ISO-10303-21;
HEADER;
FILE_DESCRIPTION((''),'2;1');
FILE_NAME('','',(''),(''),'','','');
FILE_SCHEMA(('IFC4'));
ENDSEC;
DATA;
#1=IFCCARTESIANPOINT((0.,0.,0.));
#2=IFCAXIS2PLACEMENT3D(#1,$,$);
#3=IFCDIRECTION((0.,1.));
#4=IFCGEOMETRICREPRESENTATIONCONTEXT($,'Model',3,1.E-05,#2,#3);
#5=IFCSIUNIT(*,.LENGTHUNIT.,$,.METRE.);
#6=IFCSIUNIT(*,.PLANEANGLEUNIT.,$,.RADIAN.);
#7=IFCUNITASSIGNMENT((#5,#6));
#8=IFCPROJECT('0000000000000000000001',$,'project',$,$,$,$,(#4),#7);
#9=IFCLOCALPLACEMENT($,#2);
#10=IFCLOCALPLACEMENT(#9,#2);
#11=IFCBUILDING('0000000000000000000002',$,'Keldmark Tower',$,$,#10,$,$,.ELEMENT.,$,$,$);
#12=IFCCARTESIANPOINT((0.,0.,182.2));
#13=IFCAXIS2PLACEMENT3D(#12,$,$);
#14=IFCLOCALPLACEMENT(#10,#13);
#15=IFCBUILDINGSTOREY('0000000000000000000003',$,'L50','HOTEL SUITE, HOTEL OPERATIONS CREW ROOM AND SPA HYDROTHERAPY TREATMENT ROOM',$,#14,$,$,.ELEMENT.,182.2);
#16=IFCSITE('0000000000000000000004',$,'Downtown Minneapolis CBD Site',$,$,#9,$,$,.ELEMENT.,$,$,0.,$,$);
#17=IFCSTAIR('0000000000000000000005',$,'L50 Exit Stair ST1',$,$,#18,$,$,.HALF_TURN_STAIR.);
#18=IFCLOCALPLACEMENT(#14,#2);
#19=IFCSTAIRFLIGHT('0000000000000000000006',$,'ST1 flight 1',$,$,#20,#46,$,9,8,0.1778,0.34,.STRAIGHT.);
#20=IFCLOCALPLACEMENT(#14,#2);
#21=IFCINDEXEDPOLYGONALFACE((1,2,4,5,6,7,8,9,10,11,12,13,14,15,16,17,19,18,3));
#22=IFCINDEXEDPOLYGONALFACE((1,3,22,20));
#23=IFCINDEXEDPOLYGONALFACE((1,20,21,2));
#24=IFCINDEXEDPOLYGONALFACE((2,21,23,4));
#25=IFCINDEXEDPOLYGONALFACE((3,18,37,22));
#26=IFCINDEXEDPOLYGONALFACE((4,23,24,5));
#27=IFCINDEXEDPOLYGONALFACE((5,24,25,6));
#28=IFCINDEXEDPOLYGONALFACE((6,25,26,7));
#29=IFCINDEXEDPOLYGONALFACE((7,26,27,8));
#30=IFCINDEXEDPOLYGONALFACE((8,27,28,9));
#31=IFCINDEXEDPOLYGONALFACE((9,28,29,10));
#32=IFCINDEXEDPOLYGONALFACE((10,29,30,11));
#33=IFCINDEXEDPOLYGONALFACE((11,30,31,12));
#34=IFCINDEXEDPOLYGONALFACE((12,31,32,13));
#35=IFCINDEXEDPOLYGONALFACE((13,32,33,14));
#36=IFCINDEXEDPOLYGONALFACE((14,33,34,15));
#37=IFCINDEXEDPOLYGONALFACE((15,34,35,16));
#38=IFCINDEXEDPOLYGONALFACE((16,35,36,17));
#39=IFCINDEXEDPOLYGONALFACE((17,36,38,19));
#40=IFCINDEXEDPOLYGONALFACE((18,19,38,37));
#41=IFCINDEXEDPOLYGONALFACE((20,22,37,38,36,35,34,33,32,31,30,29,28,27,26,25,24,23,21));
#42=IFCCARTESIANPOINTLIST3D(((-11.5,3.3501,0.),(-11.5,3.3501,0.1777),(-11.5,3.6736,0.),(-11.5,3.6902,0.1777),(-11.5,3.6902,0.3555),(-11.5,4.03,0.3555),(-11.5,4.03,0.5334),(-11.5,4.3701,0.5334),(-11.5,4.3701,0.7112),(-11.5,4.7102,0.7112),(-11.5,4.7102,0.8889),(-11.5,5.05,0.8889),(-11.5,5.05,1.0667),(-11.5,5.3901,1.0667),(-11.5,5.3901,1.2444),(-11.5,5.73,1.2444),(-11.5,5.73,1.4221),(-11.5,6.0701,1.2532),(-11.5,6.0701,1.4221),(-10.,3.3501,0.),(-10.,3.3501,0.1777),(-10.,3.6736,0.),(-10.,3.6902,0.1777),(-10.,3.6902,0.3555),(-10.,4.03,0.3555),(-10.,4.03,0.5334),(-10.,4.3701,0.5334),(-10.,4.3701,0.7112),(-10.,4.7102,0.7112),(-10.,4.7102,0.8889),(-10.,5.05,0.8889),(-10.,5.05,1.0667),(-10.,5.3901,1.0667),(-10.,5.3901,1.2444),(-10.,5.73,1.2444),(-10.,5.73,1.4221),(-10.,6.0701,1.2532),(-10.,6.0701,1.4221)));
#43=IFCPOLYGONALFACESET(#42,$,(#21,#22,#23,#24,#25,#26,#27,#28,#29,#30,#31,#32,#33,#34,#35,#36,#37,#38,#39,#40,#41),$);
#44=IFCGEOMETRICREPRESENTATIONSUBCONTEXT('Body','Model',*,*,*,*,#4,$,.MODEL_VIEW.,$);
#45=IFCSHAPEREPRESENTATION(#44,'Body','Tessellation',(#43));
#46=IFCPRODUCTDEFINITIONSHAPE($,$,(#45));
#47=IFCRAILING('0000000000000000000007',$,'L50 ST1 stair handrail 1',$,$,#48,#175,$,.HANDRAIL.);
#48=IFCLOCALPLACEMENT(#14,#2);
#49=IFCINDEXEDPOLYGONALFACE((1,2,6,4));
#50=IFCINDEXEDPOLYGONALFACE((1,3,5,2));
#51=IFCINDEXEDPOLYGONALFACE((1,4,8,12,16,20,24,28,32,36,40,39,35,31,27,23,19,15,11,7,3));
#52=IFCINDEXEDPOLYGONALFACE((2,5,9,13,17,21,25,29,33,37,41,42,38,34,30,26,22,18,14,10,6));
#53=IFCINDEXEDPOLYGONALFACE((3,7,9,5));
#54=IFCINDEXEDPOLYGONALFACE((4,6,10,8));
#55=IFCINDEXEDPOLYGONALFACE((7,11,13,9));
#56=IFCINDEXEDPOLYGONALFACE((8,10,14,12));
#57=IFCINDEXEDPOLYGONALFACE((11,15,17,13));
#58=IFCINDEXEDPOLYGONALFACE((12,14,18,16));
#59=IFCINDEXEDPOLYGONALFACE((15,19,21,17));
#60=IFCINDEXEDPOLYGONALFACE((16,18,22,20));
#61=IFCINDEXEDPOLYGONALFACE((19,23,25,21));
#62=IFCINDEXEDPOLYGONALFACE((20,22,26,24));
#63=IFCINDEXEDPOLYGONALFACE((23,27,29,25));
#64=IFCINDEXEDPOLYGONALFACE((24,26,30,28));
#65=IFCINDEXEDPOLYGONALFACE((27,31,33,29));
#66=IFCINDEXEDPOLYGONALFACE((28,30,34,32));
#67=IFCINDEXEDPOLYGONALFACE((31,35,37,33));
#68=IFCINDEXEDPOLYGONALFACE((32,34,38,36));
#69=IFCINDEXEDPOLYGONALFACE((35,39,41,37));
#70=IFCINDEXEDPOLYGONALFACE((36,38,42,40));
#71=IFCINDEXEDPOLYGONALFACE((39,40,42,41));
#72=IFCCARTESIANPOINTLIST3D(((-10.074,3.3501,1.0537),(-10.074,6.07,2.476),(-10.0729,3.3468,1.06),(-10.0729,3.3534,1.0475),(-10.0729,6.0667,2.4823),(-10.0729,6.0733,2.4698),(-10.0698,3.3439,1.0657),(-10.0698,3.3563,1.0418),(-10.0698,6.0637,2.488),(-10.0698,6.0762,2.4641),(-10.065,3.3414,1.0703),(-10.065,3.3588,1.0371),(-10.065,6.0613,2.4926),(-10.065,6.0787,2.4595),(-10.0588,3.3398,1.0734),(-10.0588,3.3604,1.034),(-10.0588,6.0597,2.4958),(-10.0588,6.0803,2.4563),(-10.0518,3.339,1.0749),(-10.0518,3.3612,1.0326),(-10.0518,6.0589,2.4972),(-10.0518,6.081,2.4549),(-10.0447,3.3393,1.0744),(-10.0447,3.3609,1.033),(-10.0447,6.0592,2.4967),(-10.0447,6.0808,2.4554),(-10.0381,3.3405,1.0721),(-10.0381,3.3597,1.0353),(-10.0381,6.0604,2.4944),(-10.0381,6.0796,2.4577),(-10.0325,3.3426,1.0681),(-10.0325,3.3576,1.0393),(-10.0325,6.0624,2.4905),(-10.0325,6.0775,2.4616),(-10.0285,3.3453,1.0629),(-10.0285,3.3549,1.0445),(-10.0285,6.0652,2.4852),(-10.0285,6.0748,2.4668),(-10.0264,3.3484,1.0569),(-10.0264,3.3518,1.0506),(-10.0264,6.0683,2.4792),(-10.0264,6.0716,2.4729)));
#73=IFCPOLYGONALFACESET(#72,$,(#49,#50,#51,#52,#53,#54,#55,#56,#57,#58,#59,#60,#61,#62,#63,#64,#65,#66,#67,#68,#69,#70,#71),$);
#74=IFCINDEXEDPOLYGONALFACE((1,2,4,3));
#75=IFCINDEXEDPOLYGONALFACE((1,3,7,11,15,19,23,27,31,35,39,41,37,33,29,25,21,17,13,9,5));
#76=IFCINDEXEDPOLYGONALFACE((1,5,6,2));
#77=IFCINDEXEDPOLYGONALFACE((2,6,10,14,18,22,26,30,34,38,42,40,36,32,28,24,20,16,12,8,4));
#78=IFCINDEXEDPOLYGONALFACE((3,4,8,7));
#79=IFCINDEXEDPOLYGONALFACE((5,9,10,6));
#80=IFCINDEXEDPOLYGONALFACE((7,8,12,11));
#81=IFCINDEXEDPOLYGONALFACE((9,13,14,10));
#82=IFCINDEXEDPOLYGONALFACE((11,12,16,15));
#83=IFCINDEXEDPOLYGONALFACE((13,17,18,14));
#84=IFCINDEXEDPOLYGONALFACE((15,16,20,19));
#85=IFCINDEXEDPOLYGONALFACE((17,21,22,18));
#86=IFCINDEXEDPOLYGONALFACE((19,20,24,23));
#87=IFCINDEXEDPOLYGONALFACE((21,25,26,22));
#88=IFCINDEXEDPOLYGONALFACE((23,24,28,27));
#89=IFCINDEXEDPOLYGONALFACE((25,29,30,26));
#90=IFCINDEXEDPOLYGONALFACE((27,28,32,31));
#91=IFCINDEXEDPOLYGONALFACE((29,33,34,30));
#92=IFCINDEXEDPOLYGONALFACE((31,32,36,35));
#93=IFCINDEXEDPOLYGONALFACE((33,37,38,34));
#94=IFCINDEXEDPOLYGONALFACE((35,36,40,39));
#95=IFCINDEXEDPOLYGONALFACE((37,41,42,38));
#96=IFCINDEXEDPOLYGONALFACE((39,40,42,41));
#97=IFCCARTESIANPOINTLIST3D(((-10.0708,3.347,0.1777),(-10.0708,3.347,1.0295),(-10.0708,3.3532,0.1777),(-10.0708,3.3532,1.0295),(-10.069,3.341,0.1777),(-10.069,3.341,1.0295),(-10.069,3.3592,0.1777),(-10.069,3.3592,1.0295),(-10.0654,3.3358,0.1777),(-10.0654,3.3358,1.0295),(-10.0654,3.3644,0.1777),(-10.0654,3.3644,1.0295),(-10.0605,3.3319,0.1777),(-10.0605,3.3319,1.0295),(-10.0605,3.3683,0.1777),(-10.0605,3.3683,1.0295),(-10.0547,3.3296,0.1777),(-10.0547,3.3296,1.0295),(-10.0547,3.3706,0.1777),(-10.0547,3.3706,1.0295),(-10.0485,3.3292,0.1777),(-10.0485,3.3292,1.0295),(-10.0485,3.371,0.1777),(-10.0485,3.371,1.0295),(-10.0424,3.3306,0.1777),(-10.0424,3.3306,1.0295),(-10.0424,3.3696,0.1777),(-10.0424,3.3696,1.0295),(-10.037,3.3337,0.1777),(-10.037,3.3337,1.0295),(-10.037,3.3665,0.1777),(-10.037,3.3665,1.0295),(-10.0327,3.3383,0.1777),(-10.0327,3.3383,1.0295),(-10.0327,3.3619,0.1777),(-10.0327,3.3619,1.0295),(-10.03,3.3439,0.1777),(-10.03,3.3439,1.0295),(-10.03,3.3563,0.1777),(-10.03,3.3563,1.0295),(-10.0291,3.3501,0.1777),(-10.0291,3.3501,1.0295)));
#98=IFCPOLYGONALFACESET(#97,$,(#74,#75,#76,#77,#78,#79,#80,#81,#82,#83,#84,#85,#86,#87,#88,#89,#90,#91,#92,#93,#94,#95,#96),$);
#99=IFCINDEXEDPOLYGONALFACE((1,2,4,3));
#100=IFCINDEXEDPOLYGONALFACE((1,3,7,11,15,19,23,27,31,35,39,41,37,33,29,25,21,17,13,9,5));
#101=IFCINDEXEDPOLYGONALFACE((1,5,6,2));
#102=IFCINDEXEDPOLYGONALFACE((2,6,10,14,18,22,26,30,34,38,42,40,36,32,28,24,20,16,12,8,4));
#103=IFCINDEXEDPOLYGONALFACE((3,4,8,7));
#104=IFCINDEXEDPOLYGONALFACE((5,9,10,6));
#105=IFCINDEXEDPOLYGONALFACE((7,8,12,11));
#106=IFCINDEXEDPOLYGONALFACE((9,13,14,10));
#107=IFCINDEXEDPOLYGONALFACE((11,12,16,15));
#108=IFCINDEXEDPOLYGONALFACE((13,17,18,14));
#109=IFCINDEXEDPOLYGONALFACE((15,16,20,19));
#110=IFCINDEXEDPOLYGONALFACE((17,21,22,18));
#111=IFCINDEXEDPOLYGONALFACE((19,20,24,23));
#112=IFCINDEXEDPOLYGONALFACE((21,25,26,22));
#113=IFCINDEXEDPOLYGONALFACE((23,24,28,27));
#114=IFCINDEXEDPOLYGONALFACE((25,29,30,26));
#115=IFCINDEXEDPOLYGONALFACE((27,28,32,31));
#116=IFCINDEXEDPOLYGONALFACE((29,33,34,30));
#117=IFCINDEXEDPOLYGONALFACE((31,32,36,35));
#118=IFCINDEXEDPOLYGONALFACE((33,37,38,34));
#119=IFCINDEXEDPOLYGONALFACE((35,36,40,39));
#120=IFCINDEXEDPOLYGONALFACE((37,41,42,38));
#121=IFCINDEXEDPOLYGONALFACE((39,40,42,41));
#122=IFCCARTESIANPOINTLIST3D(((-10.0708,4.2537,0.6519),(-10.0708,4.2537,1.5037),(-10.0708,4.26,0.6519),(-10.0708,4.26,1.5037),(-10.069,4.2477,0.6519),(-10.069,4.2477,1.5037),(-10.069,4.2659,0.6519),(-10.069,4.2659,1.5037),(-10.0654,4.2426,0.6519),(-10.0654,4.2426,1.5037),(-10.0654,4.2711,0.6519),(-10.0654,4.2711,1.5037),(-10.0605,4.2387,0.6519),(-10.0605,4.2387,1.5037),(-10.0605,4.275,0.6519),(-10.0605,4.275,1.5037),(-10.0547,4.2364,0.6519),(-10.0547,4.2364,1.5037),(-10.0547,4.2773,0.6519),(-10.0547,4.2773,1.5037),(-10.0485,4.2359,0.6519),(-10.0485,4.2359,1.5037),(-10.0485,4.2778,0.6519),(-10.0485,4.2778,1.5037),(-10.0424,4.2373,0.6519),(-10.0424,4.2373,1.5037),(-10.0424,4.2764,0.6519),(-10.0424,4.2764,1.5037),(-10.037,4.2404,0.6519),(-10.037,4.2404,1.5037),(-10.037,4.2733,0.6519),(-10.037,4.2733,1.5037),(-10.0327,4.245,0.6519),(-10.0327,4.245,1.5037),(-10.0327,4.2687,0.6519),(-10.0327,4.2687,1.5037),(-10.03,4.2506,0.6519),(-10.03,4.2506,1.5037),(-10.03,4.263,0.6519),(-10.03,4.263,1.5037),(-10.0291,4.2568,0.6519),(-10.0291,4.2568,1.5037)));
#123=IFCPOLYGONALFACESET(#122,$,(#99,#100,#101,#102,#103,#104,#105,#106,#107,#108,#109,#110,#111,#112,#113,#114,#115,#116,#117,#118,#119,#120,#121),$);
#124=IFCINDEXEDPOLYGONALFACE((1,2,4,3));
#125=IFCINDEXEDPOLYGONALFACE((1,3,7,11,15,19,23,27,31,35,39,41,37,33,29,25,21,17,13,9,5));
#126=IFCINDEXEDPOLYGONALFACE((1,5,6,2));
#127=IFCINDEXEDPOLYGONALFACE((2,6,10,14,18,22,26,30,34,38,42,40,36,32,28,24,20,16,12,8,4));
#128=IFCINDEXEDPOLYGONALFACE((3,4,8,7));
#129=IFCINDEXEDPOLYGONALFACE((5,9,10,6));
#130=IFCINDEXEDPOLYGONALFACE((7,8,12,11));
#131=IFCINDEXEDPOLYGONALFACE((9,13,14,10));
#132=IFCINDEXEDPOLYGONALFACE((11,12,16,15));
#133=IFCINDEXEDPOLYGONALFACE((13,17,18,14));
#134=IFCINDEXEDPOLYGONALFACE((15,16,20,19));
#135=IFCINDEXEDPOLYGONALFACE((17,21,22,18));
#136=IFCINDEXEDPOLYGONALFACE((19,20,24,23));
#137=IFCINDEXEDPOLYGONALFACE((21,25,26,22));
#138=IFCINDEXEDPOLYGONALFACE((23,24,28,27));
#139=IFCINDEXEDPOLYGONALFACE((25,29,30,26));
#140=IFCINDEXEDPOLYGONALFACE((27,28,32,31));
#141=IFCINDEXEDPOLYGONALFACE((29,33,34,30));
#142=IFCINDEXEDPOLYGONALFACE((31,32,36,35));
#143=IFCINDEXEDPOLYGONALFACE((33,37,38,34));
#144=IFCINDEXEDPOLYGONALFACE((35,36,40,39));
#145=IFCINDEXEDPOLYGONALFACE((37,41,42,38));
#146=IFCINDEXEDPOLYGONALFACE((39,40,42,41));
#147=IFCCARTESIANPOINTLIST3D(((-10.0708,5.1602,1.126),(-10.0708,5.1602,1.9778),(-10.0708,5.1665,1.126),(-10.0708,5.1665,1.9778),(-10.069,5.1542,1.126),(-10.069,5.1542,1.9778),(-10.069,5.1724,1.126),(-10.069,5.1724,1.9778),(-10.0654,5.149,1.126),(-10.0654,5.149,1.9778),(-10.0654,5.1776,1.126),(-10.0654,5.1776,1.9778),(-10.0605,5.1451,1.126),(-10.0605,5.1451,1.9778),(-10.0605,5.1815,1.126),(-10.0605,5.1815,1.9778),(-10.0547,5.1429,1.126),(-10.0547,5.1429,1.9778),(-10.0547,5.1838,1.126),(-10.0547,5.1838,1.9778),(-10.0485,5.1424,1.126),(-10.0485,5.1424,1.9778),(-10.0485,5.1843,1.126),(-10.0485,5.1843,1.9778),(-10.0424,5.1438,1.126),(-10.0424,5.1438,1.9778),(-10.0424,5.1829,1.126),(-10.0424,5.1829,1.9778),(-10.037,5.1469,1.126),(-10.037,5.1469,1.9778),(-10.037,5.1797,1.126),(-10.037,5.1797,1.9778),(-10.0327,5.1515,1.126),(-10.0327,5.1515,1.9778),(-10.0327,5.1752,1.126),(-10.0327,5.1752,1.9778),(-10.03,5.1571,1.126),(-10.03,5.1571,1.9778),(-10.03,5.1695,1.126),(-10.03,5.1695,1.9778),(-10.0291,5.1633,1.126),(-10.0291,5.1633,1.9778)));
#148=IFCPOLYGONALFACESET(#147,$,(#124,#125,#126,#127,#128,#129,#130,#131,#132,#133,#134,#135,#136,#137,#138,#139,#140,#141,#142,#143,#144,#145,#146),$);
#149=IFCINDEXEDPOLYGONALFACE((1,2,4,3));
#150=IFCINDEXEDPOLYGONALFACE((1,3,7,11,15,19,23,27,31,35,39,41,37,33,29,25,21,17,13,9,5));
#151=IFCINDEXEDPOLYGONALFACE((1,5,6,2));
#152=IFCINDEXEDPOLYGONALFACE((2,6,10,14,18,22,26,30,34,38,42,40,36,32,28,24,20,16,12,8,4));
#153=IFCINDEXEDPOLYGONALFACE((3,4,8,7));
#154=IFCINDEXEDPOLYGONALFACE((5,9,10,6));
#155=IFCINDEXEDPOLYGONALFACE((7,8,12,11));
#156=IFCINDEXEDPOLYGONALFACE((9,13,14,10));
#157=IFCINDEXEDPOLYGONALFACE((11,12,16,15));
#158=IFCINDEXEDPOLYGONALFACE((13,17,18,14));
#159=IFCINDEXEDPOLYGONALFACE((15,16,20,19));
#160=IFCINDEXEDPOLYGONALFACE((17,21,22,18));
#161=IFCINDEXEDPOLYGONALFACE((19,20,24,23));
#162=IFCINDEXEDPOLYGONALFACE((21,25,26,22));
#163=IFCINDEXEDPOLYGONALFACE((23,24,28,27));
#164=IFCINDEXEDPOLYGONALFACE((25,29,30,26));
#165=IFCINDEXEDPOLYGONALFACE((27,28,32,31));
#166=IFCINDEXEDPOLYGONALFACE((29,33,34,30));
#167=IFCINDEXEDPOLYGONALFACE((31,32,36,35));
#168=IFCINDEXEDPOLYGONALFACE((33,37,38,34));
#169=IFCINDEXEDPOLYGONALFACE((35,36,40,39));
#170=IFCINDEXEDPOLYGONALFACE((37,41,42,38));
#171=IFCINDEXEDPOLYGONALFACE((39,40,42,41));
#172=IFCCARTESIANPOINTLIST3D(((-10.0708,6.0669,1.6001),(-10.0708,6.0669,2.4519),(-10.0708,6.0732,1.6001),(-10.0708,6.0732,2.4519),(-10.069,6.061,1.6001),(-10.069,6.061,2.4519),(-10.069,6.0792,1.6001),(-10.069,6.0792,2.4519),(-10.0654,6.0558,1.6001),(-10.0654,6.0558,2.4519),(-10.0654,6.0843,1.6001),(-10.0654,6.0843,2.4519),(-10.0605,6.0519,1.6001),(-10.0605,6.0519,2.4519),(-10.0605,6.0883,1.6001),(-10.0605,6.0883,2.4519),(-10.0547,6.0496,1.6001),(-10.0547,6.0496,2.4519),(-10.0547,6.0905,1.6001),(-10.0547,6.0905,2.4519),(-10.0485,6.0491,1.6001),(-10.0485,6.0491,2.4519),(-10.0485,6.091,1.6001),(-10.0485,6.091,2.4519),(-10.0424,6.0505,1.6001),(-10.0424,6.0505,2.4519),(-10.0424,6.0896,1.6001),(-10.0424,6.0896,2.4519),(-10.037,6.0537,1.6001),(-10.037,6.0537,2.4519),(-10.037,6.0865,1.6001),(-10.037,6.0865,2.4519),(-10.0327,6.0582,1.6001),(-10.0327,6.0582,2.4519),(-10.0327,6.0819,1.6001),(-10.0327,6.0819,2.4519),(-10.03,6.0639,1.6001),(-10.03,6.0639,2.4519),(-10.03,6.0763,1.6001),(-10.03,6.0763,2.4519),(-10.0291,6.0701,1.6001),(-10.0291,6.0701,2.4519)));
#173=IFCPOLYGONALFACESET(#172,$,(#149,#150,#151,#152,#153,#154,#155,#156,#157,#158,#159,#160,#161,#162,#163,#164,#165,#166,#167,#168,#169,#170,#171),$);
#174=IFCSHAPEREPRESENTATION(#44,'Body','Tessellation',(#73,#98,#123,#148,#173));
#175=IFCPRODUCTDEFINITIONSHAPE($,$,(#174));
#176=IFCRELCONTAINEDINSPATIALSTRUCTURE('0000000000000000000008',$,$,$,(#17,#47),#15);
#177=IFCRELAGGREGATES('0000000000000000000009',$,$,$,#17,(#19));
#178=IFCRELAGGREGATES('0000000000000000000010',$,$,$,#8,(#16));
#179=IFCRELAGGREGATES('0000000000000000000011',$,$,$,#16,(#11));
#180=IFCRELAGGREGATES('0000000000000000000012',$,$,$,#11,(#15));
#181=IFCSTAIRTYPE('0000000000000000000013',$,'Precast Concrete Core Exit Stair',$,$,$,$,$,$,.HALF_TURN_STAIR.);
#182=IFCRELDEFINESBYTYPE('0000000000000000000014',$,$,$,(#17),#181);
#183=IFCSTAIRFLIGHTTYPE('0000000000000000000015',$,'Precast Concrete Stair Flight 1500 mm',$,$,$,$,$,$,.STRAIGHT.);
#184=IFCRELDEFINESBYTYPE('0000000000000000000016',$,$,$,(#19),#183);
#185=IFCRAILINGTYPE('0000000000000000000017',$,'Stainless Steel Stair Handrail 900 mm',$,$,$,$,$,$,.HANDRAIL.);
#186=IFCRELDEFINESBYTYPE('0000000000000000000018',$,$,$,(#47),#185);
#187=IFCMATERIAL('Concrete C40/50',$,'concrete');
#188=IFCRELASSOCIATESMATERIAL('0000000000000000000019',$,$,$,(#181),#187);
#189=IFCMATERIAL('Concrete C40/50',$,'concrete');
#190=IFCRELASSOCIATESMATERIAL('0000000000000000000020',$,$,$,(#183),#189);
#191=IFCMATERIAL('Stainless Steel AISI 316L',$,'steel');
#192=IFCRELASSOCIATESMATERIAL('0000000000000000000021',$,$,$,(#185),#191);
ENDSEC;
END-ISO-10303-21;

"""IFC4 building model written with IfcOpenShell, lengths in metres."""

from ifc_helpers import new_model, si_unit, direction, frame, origin, origin_2d, place, context, subcontext, project, spatial, polyline, circle, outline, extrude, material, type_object, element, aggregate, save


model = new_model("IFC4")

# Units and contexts
model_context = context("Model", 3, precision=1e-05, world=origin(), true_north=direction((0.0, 1.0)))
body_context = subcontext(model_context, "Body", "Model", "MODEL_VIEW")
ifc_project = project(units=[si_unit("LENGTHUNIT", "METRE"), si_unit("PLANEANGLEUNIT", "RADIAN")], contexts=[model_context])

# Site, building, storey
site_placement = place(None, origin())
site = spatial("IfcSite", under=ifc_project, at=site_placement, Name="Downtown Minneapolis CBD Site", CompositionType="ELEMENT", RefElevation=0.0)
building_placement = place(site_placement, origin())
building = spatial("IfcBuilding", under=site, at=building_placement, Name="Keldmark Tower", CompositionType="ELEMENT")
storey_placement = place(building_placement, frame((0.0, 0.0, 182.2)))
storey = spatial("IfcBuildingStorey", under=building, at=storey_placement, Name="L50", Description="HOTEL SUITE, HOTEL OPERATIONS CREW ROOM AND SPA HYDROTHERAPY TREATMENT ROOM", CompositionType="ELEMENT", Elevation=182.2)

# Stair, stair flight
ifc_material_1 = material(Name="Concrete C40/50", Category="concrete")
stair_type = type_object("IfcStairType", Name="Precast Concrete Core Exit Stair", PredefinedType="HALF_TURN_STAIR", material=ifc_material_1)
stair_placement = place(storey_placement, origin())
stair = element("IfcStair", 1, at=stair_placement, inside=storey, type_object=stair_type, Name="L50 Exit Stair ST1", PredefinedType="HALF_TURN_STAIR")
ifc_material_2 = material(Name="Concrete C40/50", Category="concrete")
stair_flight_type = type_object("IfcStairFlightType", Name="Precast Concrete Stair Flight 1500 mm", PredefinedType="STRAIGHT", material=ifc_material_2)
stair_flight_placement = place(storey_placement, frame((-10.75, 3.3501, 0.0), z_axis=(0.0, 0.0, 1.0), x_axis=(0.0, 1.0, 0.0)))
stair_flight = element("IfcStairFlight", 2, at=stair_flight_placement, type_object=stair_flight_type, Name="ST1 flight 1", NumberOfRisers=9, NumberOfTreads=8, PredefinedType="STRAIGHT", RiserHeight=0.1778, TreadLength=0.34, context=body_context, shape_type="SweptSolid", body=[
    extrude(outline(polyline([(0.0, 0.0), (0.0, 0.1777), (0.3401, 0.1777), (0.3401, 0.3555), (0.6799, 0.3555), (0.6799, 0.5334), (1.02, 0.5334), (1.02, 0.7112), (1.3601, 0.7112), (1.3601, 0.8889), (1.7, 0.8889), (1.7, 1.0667), (2.04, 1.0667), (2.04, 1.2444), (2.3799, 1.2444), (2.3799, 1.4221), (2.72, 1.4221), (2.72, 1.6001), (2.72, 1.2532), (0.3235, 0.0), (0.0, 0.0)])), frame((0.0, 0.75, 0.0), z_axis=(0.0, -1.0, 0.0), x_axis=(1.0, 0.0, 0.0)), (0.0, 0.0, 1.0), 1.5),
])
aggregate(stair, [stair_flight])

# Railing
ifc_material_3 = material(Name="Stainless Steel AISI 316L", Category="steel")
railing_type = type_object("IfcRailingType", Name="Stainless Steel Stair Handrail 900 mm", PredefinedType="HANDRAIL", material=ifc_material_3)
railing_placement = place(storey_placement, frame((-10.05, 3.3501, 0.1777)))
element("IfcRailing", 3, at=railing_placement, inside=storey, type_object=railing_type, Name="L50 ST1 stair handrail 1", PredefinedType="HANDRAIL", context=body_context, shape_type="SweptSolid", body=[
    extrude(circle(Radius=0.0239, at=origin_2d()), frame((0.0, 0.0, 0.876), z_axis=(0.0, 0.88615, 0.463398), x_axis=(-1.0, 0.0, 0.0)), (0.0, 0.0, 1.0), 3.0693),
    extrude(circle(Radius=0.021, at=origin_2d()), origin(), (0.0, 0.0, 1.0), 0.8518),
    extrude(circle(Radius=0.021, at=origin_2d()), frame((0.0, 0.9067, 0.4741)), (0.0, 0.0, 1.0), 0.8518),
    extrude(circle(Radius=0.021, at=origin_2d()), frame((0.0, 1.8132, 0.9482)), (0.0, 0.0, 1.0), 0.8518),
    extrude(circle(Radius=0.021, at=origin_2d()), frame((0.0, 2.72, 1.4224)), (0.0, 0.0, 1.0), 0.8518),
])

save(model, "model.ifc")
